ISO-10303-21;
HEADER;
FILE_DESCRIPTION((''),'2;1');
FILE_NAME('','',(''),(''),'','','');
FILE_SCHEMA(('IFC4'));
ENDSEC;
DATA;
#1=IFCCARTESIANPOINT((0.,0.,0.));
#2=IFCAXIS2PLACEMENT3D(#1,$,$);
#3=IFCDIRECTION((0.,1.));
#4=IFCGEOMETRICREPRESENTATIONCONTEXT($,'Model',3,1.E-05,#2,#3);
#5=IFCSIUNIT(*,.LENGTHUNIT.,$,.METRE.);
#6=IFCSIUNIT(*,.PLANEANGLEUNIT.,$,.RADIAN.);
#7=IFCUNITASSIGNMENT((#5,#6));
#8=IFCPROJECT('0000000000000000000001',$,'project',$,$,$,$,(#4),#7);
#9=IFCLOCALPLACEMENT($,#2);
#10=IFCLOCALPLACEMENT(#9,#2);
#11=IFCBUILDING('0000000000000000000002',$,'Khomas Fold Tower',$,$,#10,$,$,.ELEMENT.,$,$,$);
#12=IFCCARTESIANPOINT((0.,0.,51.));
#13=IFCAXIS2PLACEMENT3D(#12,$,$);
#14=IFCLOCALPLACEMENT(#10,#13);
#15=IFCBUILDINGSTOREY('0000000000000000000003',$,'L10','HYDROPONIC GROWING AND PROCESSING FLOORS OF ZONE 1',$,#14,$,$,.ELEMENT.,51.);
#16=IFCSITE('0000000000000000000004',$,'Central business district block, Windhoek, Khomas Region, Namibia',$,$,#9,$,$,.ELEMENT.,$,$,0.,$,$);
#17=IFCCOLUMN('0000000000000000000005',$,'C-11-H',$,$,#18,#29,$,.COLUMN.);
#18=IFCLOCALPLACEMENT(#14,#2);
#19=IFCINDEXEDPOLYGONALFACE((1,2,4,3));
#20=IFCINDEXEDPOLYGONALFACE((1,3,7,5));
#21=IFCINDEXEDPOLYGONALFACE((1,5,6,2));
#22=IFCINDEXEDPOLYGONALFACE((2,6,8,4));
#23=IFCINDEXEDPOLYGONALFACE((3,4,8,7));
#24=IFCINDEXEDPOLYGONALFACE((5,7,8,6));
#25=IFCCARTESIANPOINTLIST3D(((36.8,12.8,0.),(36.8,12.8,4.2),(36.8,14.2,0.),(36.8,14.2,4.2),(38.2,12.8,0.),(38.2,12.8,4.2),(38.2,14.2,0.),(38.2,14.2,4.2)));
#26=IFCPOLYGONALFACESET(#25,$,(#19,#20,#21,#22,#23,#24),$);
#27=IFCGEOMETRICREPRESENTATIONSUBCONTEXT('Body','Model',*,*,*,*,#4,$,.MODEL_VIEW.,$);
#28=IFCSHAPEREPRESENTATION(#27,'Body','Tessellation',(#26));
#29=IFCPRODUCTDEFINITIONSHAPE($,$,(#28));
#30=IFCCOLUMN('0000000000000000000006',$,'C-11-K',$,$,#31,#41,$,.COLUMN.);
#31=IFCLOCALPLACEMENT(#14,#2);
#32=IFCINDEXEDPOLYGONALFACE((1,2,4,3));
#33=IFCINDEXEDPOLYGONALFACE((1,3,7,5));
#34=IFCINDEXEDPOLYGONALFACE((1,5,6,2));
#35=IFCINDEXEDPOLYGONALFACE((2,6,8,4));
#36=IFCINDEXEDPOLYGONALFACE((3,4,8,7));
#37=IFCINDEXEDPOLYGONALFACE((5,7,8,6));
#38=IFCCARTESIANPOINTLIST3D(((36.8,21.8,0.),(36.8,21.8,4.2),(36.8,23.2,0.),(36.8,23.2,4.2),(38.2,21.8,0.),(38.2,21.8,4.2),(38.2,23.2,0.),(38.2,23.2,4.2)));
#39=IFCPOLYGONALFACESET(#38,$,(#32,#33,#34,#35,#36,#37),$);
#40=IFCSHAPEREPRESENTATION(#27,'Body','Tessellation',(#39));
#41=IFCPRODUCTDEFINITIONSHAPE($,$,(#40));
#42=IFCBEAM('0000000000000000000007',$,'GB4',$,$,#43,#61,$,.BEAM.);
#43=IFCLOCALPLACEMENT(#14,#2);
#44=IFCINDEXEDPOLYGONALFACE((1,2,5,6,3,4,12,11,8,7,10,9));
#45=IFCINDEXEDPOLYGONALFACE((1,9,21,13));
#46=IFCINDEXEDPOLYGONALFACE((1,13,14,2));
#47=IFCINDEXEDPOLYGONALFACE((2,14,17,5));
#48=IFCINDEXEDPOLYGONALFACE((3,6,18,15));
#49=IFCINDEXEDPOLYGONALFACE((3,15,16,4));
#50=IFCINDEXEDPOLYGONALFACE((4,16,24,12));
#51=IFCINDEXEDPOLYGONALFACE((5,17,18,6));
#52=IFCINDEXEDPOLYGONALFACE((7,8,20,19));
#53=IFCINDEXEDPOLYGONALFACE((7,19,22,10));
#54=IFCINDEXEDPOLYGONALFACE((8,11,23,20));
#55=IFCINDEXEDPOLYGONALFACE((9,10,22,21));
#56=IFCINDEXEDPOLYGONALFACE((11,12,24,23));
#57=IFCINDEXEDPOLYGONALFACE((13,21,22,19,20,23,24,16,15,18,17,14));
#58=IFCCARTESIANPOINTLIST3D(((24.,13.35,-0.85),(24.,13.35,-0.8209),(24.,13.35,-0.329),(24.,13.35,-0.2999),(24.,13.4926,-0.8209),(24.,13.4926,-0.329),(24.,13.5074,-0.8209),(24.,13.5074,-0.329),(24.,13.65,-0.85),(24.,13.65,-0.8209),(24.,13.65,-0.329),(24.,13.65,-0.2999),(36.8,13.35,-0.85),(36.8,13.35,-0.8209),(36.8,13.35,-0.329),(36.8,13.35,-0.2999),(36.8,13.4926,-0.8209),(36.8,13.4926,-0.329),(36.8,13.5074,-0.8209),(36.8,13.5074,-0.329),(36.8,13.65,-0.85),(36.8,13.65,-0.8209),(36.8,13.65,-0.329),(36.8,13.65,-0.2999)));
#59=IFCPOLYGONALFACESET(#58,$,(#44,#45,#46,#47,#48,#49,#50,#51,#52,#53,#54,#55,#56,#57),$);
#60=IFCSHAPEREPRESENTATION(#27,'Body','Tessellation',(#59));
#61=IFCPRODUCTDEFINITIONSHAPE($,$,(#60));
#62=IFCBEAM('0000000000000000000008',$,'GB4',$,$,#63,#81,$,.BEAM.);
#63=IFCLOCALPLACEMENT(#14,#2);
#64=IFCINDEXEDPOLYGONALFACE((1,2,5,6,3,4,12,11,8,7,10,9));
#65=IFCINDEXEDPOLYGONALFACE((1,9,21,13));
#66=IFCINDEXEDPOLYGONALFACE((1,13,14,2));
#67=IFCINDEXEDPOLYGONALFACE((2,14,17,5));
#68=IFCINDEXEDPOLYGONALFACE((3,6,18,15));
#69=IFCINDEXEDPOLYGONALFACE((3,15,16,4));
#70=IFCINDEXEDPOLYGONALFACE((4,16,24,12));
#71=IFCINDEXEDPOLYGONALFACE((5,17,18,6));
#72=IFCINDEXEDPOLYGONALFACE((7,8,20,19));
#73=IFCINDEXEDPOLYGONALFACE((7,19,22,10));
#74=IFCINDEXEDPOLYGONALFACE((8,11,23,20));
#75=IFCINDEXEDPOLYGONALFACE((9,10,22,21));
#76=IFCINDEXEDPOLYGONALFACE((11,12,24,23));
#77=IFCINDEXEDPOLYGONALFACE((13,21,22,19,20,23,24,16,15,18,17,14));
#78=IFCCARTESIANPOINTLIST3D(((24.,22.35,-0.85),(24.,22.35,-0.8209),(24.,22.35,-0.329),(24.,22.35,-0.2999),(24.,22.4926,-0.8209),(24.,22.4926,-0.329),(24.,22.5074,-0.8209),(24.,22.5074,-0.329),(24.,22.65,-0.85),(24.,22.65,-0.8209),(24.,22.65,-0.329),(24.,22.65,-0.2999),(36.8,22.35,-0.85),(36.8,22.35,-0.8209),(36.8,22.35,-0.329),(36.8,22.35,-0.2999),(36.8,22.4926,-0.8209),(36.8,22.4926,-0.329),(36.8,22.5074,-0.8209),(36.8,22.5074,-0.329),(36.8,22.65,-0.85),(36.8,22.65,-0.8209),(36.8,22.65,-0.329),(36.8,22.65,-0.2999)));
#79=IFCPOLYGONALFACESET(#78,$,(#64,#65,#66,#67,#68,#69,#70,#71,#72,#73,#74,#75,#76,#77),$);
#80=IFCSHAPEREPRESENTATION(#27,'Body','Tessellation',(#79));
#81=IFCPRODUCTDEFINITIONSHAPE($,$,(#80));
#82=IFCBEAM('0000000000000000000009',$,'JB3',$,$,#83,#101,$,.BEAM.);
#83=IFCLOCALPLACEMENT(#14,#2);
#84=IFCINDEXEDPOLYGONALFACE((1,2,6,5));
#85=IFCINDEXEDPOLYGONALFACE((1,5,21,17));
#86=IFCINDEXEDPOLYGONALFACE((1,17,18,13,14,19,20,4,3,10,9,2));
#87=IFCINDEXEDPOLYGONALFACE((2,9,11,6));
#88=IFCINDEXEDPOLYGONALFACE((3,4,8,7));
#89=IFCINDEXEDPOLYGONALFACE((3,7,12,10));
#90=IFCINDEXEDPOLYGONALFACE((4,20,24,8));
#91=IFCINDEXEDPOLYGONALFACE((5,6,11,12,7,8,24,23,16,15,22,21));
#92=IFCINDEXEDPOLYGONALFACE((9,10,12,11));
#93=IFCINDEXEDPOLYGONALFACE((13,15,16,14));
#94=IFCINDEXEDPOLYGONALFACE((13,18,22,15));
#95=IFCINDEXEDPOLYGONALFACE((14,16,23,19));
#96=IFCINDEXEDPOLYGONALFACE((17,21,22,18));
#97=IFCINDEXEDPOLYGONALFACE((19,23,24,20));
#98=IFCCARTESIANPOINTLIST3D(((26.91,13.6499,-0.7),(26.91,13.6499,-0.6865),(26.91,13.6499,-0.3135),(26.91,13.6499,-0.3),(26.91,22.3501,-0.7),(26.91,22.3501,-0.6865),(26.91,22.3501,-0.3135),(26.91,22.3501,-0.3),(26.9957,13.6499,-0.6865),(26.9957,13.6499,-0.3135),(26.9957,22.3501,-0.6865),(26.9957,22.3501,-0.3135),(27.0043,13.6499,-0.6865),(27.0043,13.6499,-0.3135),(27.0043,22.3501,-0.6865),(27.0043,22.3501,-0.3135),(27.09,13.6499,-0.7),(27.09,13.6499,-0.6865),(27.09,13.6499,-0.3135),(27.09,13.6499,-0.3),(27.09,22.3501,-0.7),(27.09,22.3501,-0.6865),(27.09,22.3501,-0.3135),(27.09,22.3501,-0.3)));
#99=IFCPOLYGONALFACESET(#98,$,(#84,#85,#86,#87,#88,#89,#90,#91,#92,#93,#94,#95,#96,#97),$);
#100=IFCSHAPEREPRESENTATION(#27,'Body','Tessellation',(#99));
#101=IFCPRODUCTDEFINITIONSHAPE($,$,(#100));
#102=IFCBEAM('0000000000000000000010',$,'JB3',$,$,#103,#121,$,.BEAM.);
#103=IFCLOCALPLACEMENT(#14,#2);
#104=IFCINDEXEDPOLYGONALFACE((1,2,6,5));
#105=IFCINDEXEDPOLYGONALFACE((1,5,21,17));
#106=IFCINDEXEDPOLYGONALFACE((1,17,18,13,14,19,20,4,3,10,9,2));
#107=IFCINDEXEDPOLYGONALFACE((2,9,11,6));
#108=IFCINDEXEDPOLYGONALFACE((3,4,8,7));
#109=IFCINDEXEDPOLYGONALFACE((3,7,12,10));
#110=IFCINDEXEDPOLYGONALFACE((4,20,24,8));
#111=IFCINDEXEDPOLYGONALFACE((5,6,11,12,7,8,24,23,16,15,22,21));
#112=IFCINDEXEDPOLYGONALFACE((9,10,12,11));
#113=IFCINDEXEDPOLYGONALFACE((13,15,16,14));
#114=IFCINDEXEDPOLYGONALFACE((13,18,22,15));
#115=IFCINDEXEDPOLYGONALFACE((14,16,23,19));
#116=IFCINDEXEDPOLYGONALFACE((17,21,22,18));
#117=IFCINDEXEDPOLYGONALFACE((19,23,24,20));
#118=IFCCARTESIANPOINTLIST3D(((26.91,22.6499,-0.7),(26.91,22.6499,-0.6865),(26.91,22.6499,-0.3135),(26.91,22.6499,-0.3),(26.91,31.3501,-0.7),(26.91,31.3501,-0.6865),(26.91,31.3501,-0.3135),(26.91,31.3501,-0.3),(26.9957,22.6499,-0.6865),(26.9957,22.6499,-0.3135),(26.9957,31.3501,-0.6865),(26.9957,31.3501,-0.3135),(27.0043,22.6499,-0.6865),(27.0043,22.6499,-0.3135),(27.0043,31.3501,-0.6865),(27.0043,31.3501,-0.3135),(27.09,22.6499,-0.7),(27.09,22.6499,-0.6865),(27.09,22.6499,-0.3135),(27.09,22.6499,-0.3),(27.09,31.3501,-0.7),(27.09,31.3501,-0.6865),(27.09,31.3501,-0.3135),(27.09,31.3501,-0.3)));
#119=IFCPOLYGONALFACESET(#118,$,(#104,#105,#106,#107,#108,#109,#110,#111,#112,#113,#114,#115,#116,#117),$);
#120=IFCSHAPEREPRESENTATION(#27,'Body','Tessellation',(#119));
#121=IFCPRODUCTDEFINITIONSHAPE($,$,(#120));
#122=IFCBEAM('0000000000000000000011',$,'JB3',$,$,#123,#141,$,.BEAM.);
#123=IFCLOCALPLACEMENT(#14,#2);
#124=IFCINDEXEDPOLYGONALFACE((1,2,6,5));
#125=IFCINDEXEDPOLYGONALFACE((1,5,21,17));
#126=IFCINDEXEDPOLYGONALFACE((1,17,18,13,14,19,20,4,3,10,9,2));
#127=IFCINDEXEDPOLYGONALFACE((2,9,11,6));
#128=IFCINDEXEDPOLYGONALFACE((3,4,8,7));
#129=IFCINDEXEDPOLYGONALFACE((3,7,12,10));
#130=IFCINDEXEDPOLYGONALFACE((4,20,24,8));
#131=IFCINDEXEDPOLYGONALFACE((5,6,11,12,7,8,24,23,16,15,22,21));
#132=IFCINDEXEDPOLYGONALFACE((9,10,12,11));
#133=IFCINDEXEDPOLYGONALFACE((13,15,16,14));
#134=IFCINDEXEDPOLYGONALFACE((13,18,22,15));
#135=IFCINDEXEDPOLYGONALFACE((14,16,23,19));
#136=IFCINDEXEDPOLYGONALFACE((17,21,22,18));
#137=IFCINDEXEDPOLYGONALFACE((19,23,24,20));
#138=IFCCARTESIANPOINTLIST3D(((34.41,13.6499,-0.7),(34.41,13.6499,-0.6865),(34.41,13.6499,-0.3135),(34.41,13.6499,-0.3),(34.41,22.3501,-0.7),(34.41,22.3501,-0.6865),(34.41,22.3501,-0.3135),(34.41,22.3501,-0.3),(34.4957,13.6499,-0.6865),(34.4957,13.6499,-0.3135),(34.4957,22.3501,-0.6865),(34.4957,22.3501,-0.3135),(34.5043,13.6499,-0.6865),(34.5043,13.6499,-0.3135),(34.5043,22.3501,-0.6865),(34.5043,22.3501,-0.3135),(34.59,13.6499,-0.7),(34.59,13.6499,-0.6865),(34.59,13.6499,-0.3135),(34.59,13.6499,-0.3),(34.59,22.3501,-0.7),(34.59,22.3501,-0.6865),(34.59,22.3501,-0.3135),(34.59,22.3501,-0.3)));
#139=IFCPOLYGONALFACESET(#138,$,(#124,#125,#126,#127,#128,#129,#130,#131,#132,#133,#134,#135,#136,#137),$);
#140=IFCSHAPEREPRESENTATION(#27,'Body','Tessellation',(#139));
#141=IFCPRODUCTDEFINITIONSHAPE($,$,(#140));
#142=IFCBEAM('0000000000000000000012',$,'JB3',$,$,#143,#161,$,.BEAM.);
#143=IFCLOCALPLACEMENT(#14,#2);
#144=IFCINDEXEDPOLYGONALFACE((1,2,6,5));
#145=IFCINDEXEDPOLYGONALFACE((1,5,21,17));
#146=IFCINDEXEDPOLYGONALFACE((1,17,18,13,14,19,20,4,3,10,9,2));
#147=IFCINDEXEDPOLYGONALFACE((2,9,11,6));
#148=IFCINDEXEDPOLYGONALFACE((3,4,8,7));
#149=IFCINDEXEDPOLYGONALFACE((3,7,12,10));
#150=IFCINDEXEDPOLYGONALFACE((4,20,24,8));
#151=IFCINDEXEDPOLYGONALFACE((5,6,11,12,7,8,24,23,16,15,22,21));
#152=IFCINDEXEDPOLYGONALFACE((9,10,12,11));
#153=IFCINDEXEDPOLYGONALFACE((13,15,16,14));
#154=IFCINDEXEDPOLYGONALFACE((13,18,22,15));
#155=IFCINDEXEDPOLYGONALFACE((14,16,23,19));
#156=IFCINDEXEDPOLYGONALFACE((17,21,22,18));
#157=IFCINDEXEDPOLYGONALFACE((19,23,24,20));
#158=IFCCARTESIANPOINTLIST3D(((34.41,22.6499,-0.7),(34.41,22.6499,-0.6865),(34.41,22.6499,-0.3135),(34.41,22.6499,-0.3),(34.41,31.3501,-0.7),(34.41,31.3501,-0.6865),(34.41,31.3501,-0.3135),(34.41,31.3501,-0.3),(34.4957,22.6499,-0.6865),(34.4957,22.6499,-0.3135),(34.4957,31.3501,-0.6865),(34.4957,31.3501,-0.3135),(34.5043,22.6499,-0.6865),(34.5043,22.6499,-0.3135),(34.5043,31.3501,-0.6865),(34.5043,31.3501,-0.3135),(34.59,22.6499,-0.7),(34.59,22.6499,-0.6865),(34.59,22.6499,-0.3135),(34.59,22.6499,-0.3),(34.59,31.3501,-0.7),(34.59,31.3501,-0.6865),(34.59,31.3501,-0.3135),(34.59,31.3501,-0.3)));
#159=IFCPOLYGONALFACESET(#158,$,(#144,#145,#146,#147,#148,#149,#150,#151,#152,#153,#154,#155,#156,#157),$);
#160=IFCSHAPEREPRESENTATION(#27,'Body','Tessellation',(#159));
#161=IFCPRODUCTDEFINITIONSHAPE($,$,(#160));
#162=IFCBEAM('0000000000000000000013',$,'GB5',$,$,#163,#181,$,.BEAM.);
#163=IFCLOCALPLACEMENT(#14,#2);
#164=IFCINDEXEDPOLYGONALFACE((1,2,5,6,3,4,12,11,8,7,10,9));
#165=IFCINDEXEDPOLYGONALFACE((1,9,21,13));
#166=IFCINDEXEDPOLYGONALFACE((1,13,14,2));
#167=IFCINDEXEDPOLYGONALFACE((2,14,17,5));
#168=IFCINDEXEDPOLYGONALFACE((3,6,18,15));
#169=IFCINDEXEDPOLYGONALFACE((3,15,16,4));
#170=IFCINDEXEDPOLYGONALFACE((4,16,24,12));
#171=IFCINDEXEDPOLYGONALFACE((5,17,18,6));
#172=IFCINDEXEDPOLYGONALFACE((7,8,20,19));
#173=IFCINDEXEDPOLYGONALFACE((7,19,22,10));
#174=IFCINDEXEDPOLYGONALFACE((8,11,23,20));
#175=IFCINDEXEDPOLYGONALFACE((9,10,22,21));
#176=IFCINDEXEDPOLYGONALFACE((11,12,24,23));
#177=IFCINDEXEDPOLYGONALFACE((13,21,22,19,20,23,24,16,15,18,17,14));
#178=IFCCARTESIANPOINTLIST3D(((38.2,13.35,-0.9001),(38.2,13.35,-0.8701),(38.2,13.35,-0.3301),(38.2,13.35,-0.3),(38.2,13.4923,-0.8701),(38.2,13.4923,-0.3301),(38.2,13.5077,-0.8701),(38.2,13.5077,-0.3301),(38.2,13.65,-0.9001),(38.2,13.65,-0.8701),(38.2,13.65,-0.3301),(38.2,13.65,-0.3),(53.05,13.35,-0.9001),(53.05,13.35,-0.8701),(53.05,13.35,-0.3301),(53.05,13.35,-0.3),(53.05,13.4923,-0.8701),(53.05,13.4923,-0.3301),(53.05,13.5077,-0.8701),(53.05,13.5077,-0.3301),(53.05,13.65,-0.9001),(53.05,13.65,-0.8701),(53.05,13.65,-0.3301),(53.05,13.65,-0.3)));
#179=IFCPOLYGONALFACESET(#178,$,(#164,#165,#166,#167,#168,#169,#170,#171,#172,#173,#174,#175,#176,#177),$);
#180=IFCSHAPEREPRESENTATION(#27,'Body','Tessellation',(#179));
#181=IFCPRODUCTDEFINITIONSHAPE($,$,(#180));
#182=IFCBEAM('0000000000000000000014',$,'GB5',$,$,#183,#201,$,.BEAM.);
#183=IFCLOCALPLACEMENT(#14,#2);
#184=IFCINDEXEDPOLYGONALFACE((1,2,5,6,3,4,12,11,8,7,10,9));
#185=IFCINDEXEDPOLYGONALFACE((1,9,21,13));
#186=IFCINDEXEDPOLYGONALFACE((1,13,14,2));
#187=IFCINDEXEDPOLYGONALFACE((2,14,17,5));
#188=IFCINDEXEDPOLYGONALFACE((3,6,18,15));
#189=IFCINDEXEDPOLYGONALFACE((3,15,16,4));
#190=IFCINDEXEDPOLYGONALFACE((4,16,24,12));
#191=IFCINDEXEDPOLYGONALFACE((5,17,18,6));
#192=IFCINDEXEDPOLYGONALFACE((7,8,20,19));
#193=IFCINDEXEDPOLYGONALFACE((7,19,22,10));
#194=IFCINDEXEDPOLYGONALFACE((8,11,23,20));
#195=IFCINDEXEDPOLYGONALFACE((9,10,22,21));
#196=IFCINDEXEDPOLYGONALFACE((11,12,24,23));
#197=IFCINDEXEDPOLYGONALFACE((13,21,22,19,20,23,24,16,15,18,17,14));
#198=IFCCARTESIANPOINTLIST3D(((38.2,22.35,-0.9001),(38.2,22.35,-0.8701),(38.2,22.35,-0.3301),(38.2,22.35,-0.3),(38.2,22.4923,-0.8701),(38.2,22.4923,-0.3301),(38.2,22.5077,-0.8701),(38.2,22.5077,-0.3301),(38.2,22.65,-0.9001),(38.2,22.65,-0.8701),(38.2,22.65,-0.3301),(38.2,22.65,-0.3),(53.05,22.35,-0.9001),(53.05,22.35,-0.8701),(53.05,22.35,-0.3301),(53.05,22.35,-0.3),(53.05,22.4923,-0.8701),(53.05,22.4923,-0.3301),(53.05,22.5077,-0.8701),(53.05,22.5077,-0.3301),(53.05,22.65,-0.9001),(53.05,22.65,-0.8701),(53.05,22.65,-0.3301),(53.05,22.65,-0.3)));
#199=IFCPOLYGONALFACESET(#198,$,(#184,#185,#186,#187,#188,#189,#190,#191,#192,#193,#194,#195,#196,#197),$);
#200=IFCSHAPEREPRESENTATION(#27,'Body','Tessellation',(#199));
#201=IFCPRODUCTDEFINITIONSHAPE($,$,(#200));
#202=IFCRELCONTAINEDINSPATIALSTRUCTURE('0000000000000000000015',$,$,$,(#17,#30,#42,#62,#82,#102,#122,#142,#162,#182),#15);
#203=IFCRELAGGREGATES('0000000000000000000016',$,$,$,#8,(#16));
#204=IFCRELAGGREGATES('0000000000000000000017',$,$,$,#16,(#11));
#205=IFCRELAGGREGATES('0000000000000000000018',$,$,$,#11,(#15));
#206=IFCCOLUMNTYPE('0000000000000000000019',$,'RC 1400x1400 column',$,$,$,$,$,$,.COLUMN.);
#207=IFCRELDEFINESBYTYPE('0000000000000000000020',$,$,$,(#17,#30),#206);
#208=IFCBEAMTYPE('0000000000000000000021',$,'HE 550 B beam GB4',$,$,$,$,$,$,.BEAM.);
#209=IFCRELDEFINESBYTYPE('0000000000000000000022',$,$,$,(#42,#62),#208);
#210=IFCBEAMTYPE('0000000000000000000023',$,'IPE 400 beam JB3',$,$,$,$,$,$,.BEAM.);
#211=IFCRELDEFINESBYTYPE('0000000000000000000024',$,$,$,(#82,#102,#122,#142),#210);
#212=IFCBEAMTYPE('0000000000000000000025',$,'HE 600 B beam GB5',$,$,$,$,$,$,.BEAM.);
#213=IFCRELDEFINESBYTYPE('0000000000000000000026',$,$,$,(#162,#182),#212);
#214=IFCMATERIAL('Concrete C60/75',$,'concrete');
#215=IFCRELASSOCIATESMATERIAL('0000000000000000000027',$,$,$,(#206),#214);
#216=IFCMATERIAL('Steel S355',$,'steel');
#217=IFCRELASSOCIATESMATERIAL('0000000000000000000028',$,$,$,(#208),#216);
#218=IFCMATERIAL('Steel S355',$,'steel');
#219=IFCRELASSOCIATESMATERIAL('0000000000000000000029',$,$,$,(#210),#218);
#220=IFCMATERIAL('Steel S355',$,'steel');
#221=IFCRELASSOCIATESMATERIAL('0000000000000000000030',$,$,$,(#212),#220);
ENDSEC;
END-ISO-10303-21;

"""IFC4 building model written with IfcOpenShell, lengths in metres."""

from ifc_helpers import new_model, si_unit, direction, frame, origin, origin_2d, place, context, subcontext, project, spatial, rectangle, i_section, extrude, source, transform, mapped, material, material_profile, profile_set, type_object, element, save


model = new_model("IFC4")

# Units and contexts
model_context = context("Model", 3, precision=1e-05, world=origin(), true_north=direction((0.0, 1.0)))
body_context = subcontext(model_context, "Body", "Model", "MODEL_VIEW")
ifc_project = project(units=[si_unit("LENGTHUNIT", "METRE"), si_unit("PLANEANGLEUNIT", "RADIAN")], contexts=[model_context])

# Site, building, storey
site_placement = place(None, origin())
site = spatial("IfcSite", under=ifc_project, at=site_placement, Name="Central business district block, Windhoek, Khomas Region, Namibia", CompositionType="ELEMENT", RefElevation=0.0)
building_placement = place(site_placement, origin())
building = spatial("IfcBuilding", under=site, at=building_placement, Name="Khomas Fold Tower", CompositionType="ELEMENT")
storey_placement = place(building_placement, frame((0.0, 0.0, 51.0)))
storey = spatial("IfcBuildingStorey", under=building, at=storey_placement, Name="L10", Description="HYDROPONIC GROWING AND PROCESSING FLOORS OF ZONE 1", CompositionType="ELEMENT", Elevation=51.0)

# Columns
ifc_material_1 = material(Name="Concrete C60/75", Category="concrete")
ifc_material_profile_1 = material_profile(ifc_material_1, rectangle(XDim=1.3999, YDim=1.3999, at=origin_2d()), Name="RC 1400x1400")
ifc_profile_set_1 = profile_set([ifc_material_profile_1], Name="Concrete C60/75")
column_type = type_object("IfcColumnType", Name="RC 1400x1400 column", PredefinedType="COLUMN", material=ifc_profile_set_1)
shared_shape_1 = source(origin(), body_context, "Body", "SweptSolid", [
    extrude(rectangle(XDim=1.3999, YDim=1.3999, at=origin_2d()), origin(), (0.0, 0.0, 1.0), 4.2),
])
for number, where, z_axis, x_axis, name in (
    (1, (37.5, 13.5, 0.0), (0.0, 0.0, 1.0), (1.0, 0.0, 0.0), "C-11-H"),
    (2, (37.5, 22.5, 0.0), (0.0, 0.0, 1.0), (1.0, 0.0, 0.0), "C-11-K"),
):
    element("IfcColumn", number, at=place(storey_placement, frame(where, z_axis=z_axis, x_axis=x_axis)), inside=storey, type_object=column_type, Name=name, PredefinedType="COLUMN", context=body_context, shape_type="MappedRepresentation", body=[
        mapped(shared_shape_1, transform((0.0, 0.0, 0.0))),
    ])

# Beams
ifc_material_2 = material(Name="Steel S355", Category="steel")
ifc_material_profile_2 = material_profile(ifc_material_2, i_section(OverallWidth=0.3, OverallDepth=0.55, WebThickness=0.0149, FlangeThickness=0.0291, at=origin_2d()), Name="HE 550 B")
ifc_profile_set_2 = profile_set([ifc_material_profile_2], Name="Steel S355")
beam_type_1 = type_object("IfcBeamType", Name="HE 550 B beam GB4", PredefinedType="BEAM", material=ifc_profile_set_2)
shared_shape_2 = source(origin(), body_context, "Body", "SweptSolid", [
    extrude(i_section(OverallWidth=0.3, OverallDepth=0.55, WebThickness=0.0149, FlangeThickness=0.0291, at=origin_2d()), origin(), (0.0, 0.0, 1.0), 12.8),
])
for number, where, z_axis, x_axis, name in (
    (3, (24.0, 13.5, -0.575), (1.0, 0.0, 0.0), (0.0, 1.0, 0.0), "GB4"),
    (4, (24.0, 22.5, -0.575), (1.0, 0.0, 0.0), (0.0, 1.0, 0.0), "GB4"),
):
    element("IfcBeam", number, at=place(storey_placement, frame(where, z_axis=z_axis, x_axis=x_axis)), inside=storey, type_object=beam_type_1, Name=name, PredefinedType="BEAM", context=body_context, shape_type="MappedRepresentation", body=[
        mapped(shared_shape_2, transform((0.0, 0.0, 0.0))),
    ])
ifc_material_3 = material(Name="Steel S355", Category="steel")
ifc_material_profile_3 = material_profile(ifc_material_3, i_section(OverallWidth=0.1799, OverallDepth=0.3999, WebThickness=0.0085, FlangeThickness=0.0134, at=origin_2d()), Name="IPE 400")
ifc_profile_set_3 = profile_set([ifc_material_profile_3], Name="Steel S355")
beam_type_2 = type_object("IfcBeamType", Name="IPE 400 beam JB3", PredefinedType="BEAM", material=ifc_profile_set_3)
shared_shape_3 = source(origin(), body_context, "Body", "SweptSolid", [
    extrude(i_section(OverallWidth=0.1799, OverallDepth=0.3999, WebThickness=0.0085, FlangeThickness=0.0134, at=origin_2d()), origin(), (0.0, 0.0, 1.0), 8.7002),
])
for number, where, z_axis, x_axis, name in (
    (5, (27.0, 13.6499, -0.5), (0.0, 1.0, 0.0), (-1.0, 0.0, 0.0), "JB3"),
    (6, (27.0, 22.6499, -0.5), (0.0, 1.0, 0.0), (-1.0, 0.0, 0.0), "JB3"),
    (7, (34.5, 13.6499, -0.5), (0.0, 1.0, 0.0), (-1.0, 0.0, 0.0), "JB3"),
    (8, (34.5, 22.6499, -0.5), (0.0, 1.0, 0.0), (-1.0, 0.0, 0.0), "JB3"),
):
    element("IfcBeam", number, at=place(storey_placement, frame(where, z_axis=z_axis, x_axis=x_axis)), inside=storey, type_object=beam_type_2, Name=name, PredefinedType="BEAM", context=body_context, shape_type="MappedRepresentation", body=[
        mapped(shared_shape_3, transform((0.0, 0.0, 0.0))),
    ])
ifc_material_4 = material(Name="Steel S355", Category="steel")
ifc_material_profile_4 = material_profile(ifc_material_4, i_section(OverallWidth=0.3, OverallDepth=0.6001, WebThickness=0.0154, FlangeThickness=0.03, at=origin_2d()), Name="HE 600 B")
ifc_profile_set_4 = profile_set([ifc_material_profile_4], Name="Steel S355")
beam_type_3 = type_object("IfcBeamType", Name="HE 600 B beam GB5", PredefinedType="BEAM", material=ifc_profile_set_4)
shared_shape_4 = source(origin(), body_context, "Body", "SweptSolid", [
    extrude(i_section(OverallWidth=0.3, OverallDepth=0.6001, WebThickness=0.0154, FlangeThickness=0.03, at=origin_2d()), origin(), (0.0, 0.0, 1.0), 14.8501),
])
for number, where, z_axis, x_axis, name in (
    (9, (38.2, 13.5, -0.6001), (1.0, 0.0, 0.0), (0.0, 1.0, 0.0), "GB5"),
    (10, (38.2, 22.5, -0.6001), (1.0, 0.0, 0.0), (0.0, 1.0, 0.0), "GB5"),
):
    element("IfcBeam", number, at=place(storey_placement, frame(where, z_axis=z_axis, x_axis=x_axis)), inside=storey, type_object=beam_type_3, Name=name, PredefinedType="BEAM", context=body_context, shape_type="MappedRepresentation", body=[
        mapped(shared_shape_4, transform((0.0, 0.0, 0.0))),
    ])

save(model, "model.ifc")
